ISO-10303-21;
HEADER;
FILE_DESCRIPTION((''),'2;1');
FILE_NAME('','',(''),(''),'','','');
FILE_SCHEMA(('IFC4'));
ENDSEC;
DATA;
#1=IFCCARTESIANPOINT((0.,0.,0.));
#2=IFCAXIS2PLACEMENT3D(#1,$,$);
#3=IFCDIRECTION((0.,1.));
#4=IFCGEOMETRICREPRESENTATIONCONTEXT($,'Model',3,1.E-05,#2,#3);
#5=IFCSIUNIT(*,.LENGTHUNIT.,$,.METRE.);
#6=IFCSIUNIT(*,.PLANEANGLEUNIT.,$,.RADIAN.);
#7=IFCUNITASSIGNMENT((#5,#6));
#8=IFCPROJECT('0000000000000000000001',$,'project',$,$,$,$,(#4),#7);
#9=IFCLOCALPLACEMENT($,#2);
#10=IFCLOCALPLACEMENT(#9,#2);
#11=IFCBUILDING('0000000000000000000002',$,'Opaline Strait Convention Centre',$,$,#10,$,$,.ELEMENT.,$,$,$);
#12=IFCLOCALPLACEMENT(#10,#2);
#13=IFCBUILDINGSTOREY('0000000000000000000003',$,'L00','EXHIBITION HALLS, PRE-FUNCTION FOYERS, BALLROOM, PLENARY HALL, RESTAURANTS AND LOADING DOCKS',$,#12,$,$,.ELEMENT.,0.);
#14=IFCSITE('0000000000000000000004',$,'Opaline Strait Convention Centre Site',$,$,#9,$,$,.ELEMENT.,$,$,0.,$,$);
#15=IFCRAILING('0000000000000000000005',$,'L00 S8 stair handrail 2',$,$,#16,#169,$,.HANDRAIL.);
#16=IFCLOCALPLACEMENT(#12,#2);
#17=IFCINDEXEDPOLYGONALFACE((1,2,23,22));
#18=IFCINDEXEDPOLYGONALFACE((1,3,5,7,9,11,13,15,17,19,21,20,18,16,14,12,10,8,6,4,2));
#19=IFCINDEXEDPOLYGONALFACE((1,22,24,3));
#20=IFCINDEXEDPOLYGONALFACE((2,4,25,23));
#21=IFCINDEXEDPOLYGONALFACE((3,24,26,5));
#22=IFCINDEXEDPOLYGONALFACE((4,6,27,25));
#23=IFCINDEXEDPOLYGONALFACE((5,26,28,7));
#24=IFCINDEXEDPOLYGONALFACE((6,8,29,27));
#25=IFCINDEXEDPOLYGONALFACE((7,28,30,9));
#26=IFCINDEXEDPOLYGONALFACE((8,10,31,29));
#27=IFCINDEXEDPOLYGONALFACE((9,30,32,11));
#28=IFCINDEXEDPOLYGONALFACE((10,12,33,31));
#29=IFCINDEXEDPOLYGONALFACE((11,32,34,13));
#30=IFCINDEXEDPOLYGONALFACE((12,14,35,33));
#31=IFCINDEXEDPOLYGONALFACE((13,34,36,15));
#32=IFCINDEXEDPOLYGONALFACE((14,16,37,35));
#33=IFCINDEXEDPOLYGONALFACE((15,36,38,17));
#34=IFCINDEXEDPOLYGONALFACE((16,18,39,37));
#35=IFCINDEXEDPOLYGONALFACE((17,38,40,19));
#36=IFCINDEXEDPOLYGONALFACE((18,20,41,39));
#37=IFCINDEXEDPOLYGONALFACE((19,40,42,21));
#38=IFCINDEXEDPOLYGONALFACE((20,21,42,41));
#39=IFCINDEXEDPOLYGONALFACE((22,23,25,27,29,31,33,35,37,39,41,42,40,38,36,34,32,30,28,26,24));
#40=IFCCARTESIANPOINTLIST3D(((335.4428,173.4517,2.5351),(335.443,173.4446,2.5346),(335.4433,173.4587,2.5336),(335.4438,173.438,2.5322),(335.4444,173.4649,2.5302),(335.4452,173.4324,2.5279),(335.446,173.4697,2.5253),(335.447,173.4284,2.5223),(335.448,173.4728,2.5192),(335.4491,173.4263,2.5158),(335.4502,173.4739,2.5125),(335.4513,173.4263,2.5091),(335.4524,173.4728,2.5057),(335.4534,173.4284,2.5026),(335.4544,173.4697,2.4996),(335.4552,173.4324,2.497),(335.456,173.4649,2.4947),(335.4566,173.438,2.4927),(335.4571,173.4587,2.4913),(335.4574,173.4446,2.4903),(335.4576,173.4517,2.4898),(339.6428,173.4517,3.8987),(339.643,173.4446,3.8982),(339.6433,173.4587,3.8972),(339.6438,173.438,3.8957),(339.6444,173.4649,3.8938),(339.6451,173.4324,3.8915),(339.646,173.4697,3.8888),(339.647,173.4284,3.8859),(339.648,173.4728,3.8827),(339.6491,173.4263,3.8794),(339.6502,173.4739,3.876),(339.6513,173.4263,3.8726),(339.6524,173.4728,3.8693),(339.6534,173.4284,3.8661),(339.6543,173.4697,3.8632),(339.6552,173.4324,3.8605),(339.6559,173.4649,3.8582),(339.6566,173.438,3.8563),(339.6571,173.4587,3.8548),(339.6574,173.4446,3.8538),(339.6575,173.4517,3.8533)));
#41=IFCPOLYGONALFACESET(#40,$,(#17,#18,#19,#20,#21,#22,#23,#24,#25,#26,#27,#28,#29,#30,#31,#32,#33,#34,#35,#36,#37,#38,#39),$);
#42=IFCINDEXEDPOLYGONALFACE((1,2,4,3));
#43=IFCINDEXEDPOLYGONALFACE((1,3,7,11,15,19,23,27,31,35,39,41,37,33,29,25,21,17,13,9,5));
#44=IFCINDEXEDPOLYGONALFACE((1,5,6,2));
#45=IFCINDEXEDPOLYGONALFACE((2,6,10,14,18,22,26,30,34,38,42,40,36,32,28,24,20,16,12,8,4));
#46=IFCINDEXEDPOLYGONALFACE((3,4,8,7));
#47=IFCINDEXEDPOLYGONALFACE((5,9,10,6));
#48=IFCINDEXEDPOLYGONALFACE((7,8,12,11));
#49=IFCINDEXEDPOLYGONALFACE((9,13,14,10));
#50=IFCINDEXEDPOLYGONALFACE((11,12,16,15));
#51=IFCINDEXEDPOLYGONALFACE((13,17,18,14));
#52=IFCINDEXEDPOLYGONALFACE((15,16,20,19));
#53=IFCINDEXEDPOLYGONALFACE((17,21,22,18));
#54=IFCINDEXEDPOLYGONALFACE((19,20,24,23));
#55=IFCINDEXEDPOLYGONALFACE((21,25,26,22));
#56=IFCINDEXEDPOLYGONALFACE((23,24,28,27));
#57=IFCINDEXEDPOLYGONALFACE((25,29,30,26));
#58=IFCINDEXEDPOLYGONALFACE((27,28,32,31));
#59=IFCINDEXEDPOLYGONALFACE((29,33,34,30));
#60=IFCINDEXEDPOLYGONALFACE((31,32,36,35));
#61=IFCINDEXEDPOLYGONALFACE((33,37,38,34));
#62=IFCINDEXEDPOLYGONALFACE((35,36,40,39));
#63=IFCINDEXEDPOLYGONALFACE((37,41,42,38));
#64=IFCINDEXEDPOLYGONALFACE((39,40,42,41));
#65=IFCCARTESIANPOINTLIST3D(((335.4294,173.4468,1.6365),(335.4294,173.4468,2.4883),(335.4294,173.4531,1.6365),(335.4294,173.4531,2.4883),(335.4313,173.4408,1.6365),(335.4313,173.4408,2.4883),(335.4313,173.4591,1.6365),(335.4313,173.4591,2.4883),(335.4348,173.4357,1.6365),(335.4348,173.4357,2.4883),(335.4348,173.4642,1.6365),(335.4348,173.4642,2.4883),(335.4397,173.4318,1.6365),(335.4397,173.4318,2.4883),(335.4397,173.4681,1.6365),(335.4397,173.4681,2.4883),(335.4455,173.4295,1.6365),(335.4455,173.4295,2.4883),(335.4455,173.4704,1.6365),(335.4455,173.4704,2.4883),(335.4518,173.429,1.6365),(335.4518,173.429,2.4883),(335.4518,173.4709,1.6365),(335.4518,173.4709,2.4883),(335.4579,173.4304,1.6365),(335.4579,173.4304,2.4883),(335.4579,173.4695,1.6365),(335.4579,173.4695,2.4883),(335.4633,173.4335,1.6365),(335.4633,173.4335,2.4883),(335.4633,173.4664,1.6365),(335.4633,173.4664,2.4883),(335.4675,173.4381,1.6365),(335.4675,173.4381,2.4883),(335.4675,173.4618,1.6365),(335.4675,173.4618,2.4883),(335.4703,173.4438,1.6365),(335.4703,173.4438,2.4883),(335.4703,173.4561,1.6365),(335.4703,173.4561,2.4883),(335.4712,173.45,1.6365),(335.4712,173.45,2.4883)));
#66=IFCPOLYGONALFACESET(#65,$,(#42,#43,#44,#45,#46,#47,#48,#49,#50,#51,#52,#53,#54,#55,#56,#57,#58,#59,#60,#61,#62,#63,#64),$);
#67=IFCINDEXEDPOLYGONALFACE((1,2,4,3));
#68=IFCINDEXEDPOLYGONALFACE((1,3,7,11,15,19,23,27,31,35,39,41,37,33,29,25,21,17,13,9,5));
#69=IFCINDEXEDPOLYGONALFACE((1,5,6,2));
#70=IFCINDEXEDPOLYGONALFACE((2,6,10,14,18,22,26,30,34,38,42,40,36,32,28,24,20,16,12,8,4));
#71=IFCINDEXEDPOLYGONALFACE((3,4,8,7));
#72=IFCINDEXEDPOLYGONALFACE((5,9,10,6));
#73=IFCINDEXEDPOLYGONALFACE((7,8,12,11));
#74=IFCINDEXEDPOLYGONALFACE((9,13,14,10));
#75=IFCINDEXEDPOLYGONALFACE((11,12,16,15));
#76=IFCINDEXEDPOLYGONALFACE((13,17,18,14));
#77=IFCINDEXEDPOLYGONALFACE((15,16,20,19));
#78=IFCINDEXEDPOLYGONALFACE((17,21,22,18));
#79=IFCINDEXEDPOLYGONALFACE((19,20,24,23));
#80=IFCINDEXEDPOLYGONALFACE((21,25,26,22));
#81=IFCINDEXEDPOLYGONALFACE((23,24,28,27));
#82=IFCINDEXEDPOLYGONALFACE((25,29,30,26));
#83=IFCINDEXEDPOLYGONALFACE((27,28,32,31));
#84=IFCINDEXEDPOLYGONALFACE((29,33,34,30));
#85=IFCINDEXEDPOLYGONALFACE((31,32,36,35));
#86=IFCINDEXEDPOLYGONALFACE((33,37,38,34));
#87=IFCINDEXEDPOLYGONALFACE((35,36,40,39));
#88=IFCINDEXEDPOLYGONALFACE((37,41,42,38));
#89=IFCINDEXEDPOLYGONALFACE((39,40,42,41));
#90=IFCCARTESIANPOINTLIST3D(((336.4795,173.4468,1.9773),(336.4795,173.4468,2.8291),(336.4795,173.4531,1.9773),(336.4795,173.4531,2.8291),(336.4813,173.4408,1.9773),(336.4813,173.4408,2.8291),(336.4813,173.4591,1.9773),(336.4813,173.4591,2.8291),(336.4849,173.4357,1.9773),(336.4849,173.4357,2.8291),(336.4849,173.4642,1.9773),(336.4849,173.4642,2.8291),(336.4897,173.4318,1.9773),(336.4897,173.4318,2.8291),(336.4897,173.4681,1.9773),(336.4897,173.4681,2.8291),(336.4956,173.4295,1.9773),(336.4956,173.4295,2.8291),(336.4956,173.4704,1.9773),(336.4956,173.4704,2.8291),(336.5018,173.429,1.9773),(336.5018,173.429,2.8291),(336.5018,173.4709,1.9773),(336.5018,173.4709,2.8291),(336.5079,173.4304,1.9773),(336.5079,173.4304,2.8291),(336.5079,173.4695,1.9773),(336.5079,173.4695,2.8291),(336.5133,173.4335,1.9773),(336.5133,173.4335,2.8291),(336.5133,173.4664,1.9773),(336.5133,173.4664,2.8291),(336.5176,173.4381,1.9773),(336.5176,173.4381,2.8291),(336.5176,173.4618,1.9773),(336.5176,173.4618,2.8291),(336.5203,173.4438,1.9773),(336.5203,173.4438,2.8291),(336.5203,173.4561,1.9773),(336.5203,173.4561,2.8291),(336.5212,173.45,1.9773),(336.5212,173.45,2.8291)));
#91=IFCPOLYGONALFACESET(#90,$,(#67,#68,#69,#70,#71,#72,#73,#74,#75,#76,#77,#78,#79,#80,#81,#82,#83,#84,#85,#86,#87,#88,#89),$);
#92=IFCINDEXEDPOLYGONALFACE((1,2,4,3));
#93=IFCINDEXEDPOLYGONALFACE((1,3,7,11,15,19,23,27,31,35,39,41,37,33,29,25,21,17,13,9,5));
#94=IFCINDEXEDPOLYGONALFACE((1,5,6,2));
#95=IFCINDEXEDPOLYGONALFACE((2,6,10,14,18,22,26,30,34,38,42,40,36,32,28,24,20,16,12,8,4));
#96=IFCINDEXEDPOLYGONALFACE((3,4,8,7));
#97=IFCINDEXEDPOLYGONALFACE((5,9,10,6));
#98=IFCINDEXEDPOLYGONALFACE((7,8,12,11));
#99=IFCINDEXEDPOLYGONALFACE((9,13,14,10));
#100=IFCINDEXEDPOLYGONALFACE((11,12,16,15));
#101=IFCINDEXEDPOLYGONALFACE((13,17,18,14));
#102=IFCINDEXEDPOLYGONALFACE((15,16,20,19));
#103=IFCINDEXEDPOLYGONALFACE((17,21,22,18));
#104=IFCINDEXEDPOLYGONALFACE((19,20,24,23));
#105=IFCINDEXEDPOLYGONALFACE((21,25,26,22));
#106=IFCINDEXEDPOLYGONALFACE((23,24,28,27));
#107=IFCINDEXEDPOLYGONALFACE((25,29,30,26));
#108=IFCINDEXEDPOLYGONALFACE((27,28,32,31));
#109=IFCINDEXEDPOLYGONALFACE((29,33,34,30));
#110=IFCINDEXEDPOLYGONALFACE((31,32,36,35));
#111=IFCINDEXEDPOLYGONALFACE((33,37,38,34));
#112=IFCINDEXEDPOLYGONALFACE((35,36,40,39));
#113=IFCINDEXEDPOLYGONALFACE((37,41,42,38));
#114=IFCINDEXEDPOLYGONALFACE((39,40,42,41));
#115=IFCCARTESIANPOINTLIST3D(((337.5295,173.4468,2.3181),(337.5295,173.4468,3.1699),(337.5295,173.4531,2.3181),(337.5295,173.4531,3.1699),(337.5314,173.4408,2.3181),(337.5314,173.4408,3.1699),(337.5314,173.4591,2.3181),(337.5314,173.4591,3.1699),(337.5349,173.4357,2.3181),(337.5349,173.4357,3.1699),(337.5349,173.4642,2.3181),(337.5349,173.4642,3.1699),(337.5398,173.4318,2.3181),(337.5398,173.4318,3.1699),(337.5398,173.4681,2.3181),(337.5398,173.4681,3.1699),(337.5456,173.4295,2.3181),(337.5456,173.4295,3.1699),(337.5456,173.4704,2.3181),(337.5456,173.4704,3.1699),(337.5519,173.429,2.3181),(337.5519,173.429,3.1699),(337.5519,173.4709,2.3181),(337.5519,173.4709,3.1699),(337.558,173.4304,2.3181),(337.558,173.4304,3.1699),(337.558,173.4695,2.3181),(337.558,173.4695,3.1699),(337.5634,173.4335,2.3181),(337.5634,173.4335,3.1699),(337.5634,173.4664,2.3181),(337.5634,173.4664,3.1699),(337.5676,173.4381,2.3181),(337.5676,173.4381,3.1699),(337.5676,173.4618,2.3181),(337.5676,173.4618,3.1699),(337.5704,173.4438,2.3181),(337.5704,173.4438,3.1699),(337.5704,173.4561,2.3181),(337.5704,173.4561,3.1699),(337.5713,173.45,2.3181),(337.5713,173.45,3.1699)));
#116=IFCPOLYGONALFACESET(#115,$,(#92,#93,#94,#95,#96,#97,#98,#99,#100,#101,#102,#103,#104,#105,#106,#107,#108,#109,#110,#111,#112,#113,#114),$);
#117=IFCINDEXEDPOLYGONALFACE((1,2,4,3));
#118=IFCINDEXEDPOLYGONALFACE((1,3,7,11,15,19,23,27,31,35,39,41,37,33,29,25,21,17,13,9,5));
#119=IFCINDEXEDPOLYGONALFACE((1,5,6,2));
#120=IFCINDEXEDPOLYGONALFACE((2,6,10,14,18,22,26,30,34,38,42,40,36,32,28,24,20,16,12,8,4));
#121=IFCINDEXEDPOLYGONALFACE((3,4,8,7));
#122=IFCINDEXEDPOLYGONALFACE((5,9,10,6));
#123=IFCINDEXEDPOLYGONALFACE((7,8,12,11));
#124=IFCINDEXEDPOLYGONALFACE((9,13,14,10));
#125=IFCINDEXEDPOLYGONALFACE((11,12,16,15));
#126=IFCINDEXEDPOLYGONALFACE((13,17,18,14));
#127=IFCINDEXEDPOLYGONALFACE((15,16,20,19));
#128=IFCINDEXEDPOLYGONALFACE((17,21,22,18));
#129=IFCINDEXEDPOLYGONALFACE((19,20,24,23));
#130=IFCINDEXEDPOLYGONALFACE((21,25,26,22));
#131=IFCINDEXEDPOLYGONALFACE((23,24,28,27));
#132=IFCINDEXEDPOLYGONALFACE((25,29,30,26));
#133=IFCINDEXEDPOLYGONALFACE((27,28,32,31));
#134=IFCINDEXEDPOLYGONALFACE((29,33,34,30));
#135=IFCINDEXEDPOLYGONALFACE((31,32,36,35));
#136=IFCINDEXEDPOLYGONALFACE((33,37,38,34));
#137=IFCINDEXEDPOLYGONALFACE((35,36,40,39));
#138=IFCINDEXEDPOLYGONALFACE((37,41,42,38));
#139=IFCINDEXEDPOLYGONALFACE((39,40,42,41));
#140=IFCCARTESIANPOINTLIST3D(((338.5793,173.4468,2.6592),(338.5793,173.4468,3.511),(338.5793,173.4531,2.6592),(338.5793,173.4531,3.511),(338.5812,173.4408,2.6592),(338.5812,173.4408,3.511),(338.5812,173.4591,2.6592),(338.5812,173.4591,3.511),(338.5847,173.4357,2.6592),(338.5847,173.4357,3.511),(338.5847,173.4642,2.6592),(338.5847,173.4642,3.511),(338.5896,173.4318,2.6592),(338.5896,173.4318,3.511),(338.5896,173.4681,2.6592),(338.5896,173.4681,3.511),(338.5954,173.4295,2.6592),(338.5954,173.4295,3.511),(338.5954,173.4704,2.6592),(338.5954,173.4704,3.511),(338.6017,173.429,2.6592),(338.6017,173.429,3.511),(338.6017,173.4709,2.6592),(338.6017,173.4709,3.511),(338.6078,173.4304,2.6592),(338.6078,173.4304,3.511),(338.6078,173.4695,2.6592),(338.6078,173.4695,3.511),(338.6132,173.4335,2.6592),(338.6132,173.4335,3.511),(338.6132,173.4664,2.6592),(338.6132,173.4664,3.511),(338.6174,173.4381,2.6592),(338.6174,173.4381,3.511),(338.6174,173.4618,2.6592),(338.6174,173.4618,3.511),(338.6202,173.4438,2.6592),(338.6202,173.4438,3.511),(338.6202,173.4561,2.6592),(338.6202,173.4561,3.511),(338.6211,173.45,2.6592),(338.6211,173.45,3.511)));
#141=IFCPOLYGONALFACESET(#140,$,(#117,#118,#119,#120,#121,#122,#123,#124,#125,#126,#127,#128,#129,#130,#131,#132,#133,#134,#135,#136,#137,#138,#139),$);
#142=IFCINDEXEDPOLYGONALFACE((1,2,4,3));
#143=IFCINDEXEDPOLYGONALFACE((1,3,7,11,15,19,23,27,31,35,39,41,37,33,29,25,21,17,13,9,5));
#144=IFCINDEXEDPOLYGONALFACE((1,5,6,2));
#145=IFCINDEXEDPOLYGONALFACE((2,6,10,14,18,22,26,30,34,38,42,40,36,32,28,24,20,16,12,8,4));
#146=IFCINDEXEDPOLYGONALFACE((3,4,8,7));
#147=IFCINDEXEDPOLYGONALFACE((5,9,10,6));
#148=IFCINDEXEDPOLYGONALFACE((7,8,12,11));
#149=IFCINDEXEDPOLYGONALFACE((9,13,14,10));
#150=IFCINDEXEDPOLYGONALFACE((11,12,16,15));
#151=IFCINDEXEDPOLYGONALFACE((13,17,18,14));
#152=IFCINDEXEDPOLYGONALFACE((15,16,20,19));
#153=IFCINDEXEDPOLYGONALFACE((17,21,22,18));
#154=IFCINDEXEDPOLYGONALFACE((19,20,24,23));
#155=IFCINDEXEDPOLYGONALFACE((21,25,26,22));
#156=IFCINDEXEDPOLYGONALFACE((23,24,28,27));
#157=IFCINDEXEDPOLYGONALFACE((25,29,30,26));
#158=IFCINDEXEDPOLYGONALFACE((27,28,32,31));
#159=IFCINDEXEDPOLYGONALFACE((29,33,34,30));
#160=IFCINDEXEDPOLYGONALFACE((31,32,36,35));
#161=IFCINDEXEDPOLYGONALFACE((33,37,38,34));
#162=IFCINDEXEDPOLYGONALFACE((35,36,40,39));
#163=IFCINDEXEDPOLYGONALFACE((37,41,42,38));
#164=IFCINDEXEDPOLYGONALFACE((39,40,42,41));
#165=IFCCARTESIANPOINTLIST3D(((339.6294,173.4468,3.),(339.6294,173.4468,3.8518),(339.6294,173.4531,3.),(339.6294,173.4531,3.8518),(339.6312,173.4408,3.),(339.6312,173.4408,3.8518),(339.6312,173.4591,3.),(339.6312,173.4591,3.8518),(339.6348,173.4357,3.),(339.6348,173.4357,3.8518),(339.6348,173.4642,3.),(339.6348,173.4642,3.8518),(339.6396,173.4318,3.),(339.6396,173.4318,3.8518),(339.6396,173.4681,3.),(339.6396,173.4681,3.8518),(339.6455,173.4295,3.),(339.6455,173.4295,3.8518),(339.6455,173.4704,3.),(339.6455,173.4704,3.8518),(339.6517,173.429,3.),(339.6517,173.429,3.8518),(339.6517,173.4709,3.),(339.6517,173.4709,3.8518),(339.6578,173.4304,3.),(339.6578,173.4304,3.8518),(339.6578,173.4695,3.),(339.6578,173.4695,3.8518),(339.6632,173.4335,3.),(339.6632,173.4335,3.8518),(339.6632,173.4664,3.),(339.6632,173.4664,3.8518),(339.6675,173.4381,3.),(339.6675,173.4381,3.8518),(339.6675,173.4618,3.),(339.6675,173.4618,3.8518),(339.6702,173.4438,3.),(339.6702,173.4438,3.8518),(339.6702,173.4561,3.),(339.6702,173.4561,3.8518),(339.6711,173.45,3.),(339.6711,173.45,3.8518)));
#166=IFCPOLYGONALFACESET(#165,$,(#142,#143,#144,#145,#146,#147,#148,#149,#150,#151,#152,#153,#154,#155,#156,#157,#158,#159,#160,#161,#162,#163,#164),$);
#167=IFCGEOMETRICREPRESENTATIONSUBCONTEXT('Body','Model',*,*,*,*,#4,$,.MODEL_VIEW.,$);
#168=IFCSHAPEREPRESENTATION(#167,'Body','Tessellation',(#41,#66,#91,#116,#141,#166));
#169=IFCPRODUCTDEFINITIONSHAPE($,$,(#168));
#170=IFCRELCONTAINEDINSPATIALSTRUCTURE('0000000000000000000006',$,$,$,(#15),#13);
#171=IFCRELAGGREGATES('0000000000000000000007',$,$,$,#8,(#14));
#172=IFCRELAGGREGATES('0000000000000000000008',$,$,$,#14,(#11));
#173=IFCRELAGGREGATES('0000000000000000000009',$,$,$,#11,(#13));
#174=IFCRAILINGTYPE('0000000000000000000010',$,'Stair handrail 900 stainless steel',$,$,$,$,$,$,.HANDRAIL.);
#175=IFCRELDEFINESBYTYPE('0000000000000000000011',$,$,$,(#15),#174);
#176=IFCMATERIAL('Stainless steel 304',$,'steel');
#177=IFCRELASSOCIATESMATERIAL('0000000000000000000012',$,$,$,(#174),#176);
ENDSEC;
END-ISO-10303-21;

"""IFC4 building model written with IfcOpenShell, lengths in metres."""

from ifc_helpers import new_model, si_unit, direction, frame, origin, origin_2d, place, context, subcontext, project, spatial, circle, extrude, material, type_object, element, save


model = new_model("IFC4")

# Units and contexts
model_context = context("Model", 3, precision=1e-05, world=origin(), true_north=direction((0.0, 1.0)))
body_context = subcontext(model_context, "Body", "Model", "MODEL_VIEW")
ifc_project = project(units=[si_unit("LENGTHUNIT", "METRE"), si_unit("PLANEANGLEUNIT", "RADIAN")], contexts=[model_context])

# Site, building, storey
site_placement = place(None, origin())
site = spatial("IfcSite", under=ifc_project, at=site_placement, Name="Opaline Strait Convention Centre Site", CompositionType="ELEMENT", RefElevation=0.0)
building_placement = place(site_placement, origin())
building = spatial("IfcBuilding", under=site, at=building_placement, Name="Opaline Strait Convention Centre", CompositionType="ELEMENT")
storey_placement = place(building_placement, origin())
storey = spatial("IfcBuildingStorey", under=building, at=storey_placement, Name="L00", Description="EXHIBITION HALLS, PRE-FUNCTION FOYERS, BALLROOM, PLENARY HALL, RESTAURANTS AND LOADING DOCKS", CompositionType="ELEMENT", Elevation=0.0)

# Shared definitions
ifc_material_1 = material(Name="Stainless steel 304", Category="steel")

# Railing
railing_type_1 = type_object("IfcRailingType", Name="Stair handrail 900 stainless steel", PredefinedType="HANDRAIL", material=ifc_material_1)
for number, where, name in (
    (1, (335.4502, 173.45, 1.6365), "L00 S8 stair handrail 2"),
):
    element("IfcRailing", number, at=place(storey_placement, frame(where)), inside=storey, type_object=railing_type_1, Name=name, PredefinedType="HANDRAIL", context=body_context, shape_type="SweptSolid", body=[
        extrude(circle(Radius=0.0239, at=origin_2d()), frame((0.0, 0.0, 0.876), z_axis=(0.951131, 0.0, 0.308787), x_axis=(0.0, 1.0, 0.0)), (0.0, 0.0, 1.0), 4.4158),
        extrude(circle(Radius=0.021, at=origin_2d()), origin(), (0.0, 0.0, 1.0), 0.8518),
        extrude(circle(Radius=0.021, at=origin_2d()), frame((1.05, 0.0, 0.3408)), (0.0, 0.0, 1.0), 0.8518),
        extrude(circle(Radius=0.021, at=origin_2d()), frame((2.1001, 0.0, 0.6816)), (0.0, 0.0, 1.0), 0.8518),
        extrude(circle(Radius=0.021, at=origin_2d()), frame((3.1499, 0.0, 1.0227)), (0.0, 0.0, 1.0), 0.8518),
        extrude(circle(Radius=0.021, at=origin_2d()), frame((4.2, 0.0, 1.3635)), (0.0, 0.0, 1.0), 0.8518),
    ])

save(model, "model.ifc")
